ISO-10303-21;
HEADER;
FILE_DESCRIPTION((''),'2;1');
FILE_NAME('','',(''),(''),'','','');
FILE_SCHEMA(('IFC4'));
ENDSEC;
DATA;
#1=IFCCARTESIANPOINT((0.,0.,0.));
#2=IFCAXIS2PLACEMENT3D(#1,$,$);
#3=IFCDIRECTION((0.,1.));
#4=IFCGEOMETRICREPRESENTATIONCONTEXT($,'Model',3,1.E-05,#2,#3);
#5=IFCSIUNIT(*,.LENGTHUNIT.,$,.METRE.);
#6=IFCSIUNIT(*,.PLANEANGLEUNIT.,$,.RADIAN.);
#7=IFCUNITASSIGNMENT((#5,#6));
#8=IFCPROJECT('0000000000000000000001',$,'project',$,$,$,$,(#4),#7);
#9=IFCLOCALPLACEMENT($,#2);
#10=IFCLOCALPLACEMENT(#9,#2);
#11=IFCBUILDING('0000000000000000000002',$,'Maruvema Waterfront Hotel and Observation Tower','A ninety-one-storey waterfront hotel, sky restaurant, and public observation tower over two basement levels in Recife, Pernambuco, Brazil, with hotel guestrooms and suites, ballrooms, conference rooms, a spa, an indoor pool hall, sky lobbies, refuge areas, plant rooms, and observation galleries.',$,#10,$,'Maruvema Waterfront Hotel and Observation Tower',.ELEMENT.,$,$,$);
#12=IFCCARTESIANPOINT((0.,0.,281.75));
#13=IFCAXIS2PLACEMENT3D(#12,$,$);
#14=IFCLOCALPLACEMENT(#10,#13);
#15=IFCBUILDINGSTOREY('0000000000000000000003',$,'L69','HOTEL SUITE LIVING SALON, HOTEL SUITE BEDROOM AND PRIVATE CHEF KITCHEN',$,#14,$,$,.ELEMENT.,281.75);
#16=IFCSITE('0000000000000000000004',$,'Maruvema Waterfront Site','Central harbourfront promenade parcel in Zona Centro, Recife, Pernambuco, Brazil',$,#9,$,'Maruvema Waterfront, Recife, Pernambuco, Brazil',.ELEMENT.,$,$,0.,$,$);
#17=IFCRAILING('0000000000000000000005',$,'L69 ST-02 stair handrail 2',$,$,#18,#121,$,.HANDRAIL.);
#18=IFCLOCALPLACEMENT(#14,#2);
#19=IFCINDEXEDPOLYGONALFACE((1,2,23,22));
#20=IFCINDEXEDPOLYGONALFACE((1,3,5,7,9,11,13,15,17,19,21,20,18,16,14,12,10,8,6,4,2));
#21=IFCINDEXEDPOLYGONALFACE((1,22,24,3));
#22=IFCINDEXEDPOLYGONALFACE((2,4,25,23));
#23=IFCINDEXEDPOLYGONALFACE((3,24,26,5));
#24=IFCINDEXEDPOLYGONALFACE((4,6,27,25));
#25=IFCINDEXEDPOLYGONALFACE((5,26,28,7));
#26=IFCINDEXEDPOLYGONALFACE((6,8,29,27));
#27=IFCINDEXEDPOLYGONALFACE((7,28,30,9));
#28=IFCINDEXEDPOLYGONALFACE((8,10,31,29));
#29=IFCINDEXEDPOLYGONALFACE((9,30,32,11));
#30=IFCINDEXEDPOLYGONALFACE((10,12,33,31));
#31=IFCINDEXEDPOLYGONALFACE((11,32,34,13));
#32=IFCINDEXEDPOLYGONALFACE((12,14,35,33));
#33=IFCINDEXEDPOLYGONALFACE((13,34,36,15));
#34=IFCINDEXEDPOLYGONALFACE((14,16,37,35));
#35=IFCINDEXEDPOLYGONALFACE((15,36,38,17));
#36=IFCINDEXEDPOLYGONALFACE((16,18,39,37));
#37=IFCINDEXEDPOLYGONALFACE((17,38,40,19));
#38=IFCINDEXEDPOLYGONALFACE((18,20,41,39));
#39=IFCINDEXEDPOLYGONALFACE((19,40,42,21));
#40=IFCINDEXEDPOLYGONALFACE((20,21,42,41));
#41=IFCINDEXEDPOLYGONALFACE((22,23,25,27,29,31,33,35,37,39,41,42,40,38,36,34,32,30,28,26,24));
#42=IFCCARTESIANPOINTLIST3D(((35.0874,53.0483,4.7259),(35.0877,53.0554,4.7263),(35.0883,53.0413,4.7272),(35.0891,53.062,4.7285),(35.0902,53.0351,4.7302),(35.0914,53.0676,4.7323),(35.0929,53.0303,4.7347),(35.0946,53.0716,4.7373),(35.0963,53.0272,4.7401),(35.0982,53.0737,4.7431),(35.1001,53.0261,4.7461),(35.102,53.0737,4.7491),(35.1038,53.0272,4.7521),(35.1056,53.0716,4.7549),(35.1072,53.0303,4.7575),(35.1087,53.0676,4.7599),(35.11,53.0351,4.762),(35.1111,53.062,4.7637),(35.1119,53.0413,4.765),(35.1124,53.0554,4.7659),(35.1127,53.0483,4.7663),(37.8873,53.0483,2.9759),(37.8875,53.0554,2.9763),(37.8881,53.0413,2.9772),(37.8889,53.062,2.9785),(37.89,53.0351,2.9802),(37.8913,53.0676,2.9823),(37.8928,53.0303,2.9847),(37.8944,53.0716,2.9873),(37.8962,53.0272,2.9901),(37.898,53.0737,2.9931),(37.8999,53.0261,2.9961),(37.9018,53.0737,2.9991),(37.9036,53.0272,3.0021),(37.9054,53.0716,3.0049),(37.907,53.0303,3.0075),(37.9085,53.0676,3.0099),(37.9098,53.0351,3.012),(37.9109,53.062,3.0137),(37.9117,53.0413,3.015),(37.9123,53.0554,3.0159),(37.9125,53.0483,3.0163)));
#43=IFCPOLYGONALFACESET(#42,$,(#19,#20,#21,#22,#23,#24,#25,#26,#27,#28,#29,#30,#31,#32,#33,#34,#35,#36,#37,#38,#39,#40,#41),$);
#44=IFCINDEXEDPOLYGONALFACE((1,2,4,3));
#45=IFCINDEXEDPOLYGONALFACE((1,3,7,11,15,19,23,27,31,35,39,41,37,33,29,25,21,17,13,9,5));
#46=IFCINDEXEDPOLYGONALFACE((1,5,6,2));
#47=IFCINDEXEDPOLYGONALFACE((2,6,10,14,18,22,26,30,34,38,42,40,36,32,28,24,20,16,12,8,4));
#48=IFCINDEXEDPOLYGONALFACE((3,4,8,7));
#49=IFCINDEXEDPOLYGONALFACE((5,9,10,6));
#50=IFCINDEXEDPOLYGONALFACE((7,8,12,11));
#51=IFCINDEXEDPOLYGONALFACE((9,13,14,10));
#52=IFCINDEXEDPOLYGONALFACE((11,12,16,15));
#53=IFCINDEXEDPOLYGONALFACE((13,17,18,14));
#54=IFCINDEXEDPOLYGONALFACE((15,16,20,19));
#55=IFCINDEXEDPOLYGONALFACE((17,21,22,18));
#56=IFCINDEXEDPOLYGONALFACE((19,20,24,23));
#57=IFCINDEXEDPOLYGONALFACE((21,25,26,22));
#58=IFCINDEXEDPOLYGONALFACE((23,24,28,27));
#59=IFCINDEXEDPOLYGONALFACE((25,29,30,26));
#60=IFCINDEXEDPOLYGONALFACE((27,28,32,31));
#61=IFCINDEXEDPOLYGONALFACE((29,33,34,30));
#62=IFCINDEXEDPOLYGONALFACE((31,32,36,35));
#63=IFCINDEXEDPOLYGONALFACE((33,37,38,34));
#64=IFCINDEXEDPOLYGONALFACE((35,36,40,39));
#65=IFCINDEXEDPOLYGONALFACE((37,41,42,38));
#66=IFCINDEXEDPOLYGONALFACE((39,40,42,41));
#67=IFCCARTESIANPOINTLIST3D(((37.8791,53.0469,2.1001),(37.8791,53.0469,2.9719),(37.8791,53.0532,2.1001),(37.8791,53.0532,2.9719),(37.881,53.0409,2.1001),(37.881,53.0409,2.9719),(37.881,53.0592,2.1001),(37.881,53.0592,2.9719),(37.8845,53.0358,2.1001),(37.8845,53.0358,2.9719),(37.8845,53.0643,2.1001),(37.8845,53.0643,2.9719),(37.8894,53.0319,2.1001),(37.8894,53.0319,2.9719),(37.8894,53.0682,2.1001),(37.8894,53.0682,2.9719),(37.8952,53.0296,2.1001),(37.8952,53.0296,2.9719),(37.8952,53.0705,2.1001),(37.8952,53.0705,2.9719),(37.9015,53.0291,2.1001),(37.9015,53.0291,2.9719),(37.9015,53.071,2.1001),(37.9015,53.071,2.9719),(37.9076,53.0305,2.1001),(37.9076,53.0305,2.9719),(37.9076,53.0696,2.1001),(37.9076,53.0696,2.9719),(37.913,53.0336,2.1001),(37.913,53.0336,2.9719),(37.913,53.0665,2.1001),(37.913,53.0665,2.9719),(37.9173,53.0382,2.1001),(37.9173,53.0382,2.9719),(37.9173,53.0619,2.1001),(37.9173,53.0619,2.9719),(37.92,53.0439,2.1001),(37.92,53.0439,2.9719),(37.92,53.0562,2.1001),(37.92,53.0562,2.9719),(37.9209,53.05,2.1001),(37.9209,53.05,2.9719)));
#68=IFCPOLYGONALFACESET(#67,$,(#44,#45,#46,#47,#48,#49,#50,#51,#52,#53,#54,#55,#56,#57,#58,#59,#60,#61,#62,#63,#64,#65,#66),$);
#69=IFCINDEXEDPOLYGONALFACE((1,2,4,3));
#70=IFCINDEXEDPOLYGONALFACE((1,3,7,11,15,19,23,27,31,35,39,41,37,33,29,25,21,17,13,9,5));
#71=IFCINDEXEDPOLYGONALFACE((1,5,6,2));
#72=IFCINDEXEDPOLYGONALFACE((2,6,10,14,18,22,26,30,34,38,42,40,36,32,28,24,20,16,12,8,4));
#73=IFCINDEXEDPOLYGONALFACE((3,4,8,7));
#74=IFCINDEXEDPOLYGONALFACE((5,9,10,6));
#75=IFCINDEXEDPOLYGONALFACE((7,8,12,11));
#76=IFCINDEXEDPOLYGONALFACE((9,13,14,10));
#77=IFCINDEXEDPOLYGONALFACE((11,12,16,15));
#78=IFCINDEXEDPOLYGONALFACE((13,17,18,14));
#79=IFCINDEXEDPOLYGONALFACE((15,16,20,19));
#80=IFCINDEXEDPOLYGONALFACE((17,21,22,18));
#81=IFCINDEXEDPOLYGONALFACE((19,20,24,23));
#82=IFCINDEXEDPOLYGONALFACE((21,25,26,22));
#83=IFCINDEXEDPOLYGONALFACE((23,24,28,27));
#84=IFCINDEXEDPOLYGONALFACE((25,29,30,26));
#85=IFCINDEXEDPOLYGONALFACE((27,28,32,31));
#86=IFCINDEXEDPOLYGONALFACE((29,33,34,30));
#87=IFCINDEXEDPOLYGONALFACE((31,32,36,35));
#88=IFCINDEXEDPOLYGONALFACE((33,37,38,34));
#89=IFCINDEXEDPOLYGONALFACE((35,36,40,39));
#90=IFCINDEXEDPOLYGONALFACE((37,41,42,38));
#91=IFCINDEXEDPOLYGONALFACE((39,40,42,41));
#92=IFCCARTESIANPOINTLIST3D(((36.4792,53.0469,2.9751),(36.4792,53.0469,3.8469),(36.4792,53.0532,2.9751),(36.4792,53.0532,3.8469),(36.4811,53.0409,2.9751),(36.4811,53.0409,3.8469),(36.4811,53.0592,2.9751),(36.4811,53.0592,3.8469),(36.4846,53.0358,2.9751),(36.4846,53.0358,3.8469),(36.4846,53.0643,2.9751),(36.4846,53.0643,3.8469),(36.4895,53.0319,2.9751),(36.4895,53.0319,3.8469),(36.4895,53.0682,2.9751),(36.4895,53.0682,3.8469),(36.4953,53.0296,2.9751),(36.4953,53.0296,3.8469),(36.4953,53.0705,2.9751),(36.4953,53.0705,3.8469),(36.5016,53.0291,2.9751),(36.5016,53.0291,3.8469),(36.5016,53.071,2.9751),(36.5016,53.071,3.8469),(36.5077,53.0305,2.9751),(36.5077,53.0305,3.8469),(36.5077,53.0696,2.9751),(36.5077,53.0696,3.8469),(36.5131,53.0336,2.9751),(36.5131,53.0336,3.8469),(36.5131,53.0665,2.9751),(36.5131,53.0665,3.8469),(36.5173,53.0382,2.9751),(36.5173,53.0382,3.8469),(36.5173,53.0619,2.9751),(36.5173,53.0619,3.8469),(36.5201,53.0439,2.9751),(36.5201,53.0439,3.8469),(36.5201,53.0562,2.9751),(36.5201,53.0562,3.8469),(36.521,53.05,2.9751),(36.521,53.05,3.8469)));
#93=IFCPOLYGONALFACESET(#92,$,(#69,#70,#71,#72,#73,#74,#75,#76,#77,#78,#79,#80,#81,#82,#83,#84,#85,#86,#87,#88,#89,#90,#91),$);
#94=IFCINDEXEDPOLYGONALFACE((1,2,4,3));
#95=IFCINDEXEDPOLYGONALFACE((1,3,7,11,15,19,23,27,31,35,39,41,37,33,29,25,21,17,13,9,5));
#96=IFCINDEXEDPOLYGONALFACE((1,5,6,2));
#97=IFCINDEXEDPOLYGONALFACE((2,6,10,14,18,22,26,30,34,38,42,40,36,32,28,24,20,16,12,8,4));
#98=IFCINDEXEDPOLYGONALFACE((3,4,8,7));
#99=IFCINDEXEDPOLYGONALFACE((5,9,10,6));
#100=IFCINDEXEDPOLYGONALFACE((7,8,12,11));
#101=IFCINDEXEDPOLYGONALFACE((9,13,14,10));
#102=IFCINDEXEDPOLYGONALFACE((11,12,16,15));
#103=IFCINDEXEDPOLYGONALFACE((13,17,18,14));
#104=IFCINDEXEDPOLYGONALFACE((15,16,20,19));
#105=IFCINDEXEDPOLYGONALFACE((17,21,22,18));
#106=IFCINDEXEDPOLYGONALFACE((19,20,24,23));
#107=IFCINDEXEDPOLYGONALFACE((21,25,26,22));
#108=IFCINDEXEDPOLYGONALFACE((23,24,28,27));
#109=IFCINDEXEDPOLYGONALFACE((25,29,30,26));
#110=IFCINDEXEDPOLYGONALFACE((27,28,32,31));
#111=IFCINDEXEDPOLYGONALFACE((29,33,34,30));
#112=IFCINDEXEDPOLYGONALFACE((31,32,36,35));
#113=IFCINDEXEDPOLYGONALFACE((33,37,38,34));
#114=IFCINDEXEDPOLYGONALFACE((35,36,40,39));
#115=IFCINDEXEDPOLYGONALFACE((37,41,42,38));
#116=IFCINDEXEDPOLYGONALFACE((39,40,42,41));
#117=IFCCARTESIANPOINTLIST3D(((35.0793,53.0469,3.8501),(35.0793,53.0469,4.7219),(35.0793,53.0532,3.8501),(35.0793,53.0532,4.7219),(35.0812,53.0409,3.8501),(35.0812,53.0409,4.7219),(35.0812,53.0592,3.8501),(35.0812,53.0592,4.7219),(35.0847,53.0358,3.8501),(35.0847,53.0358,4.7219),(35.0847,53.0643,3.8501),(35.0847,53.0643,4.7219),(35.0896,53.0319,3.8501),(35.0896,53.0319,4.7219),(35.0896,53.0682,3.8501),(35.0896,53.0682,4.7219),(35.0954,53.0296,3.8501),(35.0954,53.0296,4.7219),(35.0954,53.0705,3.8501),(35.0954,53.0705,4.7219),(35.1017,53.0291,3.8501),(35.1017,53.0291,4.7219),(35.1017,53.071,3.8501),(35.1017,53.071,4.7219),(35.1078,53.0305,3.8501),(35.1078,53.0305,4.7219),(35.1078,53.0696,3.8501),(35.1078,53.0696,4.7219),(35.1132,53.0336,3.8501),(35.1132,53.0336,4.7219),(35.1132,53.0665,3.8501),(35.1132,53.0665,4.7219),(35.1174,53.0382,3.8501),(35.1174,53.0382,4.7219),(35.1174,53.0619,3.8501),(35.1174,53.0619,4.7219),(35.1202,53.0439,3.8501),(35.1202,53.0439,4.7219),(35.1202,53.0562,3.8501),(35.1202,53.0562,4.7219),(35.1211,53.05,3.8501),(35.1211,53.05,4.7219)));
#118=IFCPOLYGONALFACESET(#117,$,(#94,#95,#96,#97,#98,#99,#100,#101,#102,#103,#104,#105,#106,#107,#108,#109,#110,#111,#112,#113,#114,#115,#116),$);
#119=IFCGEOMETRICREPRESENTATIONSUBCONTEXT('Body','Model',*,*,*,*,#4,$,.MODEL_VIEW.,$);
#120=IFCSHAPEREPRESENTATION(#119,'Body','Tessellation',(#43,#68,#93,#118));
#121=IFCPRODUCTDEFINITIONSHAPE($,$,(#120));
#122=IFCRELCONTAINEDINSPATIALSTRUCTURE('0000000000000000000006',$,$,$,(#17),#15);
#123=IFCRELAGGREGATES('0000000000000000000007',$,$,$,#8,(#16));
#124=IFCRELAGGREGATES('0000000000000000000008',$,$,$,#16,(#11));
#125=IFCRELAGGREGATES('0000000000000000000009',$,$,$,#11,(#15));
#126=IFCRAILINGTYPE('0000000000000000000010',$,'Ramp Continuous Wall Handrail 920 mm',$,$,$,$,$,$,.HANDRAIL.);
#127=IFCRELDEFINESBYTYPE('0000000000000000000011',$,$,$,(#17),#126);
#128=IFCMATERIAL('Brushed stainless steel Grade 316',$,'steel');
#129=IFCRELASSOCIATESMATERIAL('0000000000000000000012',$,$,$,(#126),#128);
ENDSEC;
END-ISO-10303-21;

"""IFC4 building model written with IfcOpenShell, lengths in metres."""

from ifc_helpers import new_model, si_unit, direction, frame, origin, origin_2d, place, context, subcontext, project, spatial, circle, extrude, material, type_object, element, save


model = new_model("IFC4")

# Units and contexts
model_context = context("Model", 3, precision=1e-05, world=origin(), true_north=direction((0.0, 1.0)))
body_context = subcontext(model_context, "Body", "Model", "MODEL_VIEW")
ifc_project = project(units=[si_unit("LENGTHUNIT", "METRE"), si_unit("PLANEANGLEUNIT", "RADIAN")], contexts=[model_context])

# Site, building, storey
site_placement = place(None, origin())
site = spatial("IfcSite", under=ifc_project, at=site_placement, Name="Maruvema Waterfront Site", Description="Central harbourfront promenade parcel in Zona Centro, Recife, Pernambuco, Brazil", LongName="Maruvema Waterfront, Recife, Pernambuco, Brazil", CompositionType="ELEMENT", RefElevation=0.0)
building_placement = place(site_placement, origin())
building = spatial("IfcBuilding", under=site, at=building_placement, Name="Maruvema Waterfront Hotel and Observation Tower", Description="A ninety-one-storey waterfront hotel, sky restaurant, and public observation tower over two basement levels in Recife, Pernambuco, Brazil, with hotel guestrooms and suites, ballrooms, conference rooms, a spa, an indoor pool hall, sky lobbies, refuge areas, plant rooms, and observation galleries.", LongName="Maruvema Waterfront Hotel and Observation Tower", CompositionType="ELEMENT")
storey_placement = place(building_placement, frame((0.0, 0.0, 281.75)))
storey = spatial("IfcBuildingStorey", under=building, at=storey_placement, Name="L69", Description="HOTEL SUITE LIVING SALON, HOTEL SUITE BEDROOM AND PRIVATE CHEF KITCHEN", CompositionType="ELEMENT", Elevation=281.75)

# Railing
ifc_material_1 = material(Name="Brushed stainless steel Grade 316", Category="steel")
railing_type_1 = type_object("IfcRailingType", Name="Ramp Continuous Wall Handrail 920 mm", PredefinedType="HANDRAIL", material=ifc_material_1)
railing_1_placement = place(storey_placement, frame((37.8999, 53.05, 2.1001)))
element("IfcRailing", 1, at=railing_1_placement, inside=storey, type_object=railing_type_1, Name="L69 ST-02 stair handrail 2", PredefinedType="HANDRAIL", context=body_context, shape_type="SweptSolid", body=[
    extrude(circle(Radius=0.0239, at=origin_2d()), frame((0.0, 0.0, 0.896), z_axis=(-0.847982, 0.0, 0.530026), x_axis=(0.0, -1.0, 0.0)), (0.0, 0.0, 1.0), 3.3018),
    extrude(circle(Radius=0.021, at=origin_2d()), origin(), (0.0, 0.0, 1.0), 0.8718),
    extrude(circle(Radius=0.021, at=origin_2d()), frame((-1.3999, 0.0, 0.875)), (0.0, 0.0, 1.0), 0.8718),
    extrude(circle(Radius=0.021, at=origin_2d()), frame((-2.7998, 0.0, 1.75)), (0.0, 0.0, 1.0), 0.8718),
])

save(model, "model.ifc")
